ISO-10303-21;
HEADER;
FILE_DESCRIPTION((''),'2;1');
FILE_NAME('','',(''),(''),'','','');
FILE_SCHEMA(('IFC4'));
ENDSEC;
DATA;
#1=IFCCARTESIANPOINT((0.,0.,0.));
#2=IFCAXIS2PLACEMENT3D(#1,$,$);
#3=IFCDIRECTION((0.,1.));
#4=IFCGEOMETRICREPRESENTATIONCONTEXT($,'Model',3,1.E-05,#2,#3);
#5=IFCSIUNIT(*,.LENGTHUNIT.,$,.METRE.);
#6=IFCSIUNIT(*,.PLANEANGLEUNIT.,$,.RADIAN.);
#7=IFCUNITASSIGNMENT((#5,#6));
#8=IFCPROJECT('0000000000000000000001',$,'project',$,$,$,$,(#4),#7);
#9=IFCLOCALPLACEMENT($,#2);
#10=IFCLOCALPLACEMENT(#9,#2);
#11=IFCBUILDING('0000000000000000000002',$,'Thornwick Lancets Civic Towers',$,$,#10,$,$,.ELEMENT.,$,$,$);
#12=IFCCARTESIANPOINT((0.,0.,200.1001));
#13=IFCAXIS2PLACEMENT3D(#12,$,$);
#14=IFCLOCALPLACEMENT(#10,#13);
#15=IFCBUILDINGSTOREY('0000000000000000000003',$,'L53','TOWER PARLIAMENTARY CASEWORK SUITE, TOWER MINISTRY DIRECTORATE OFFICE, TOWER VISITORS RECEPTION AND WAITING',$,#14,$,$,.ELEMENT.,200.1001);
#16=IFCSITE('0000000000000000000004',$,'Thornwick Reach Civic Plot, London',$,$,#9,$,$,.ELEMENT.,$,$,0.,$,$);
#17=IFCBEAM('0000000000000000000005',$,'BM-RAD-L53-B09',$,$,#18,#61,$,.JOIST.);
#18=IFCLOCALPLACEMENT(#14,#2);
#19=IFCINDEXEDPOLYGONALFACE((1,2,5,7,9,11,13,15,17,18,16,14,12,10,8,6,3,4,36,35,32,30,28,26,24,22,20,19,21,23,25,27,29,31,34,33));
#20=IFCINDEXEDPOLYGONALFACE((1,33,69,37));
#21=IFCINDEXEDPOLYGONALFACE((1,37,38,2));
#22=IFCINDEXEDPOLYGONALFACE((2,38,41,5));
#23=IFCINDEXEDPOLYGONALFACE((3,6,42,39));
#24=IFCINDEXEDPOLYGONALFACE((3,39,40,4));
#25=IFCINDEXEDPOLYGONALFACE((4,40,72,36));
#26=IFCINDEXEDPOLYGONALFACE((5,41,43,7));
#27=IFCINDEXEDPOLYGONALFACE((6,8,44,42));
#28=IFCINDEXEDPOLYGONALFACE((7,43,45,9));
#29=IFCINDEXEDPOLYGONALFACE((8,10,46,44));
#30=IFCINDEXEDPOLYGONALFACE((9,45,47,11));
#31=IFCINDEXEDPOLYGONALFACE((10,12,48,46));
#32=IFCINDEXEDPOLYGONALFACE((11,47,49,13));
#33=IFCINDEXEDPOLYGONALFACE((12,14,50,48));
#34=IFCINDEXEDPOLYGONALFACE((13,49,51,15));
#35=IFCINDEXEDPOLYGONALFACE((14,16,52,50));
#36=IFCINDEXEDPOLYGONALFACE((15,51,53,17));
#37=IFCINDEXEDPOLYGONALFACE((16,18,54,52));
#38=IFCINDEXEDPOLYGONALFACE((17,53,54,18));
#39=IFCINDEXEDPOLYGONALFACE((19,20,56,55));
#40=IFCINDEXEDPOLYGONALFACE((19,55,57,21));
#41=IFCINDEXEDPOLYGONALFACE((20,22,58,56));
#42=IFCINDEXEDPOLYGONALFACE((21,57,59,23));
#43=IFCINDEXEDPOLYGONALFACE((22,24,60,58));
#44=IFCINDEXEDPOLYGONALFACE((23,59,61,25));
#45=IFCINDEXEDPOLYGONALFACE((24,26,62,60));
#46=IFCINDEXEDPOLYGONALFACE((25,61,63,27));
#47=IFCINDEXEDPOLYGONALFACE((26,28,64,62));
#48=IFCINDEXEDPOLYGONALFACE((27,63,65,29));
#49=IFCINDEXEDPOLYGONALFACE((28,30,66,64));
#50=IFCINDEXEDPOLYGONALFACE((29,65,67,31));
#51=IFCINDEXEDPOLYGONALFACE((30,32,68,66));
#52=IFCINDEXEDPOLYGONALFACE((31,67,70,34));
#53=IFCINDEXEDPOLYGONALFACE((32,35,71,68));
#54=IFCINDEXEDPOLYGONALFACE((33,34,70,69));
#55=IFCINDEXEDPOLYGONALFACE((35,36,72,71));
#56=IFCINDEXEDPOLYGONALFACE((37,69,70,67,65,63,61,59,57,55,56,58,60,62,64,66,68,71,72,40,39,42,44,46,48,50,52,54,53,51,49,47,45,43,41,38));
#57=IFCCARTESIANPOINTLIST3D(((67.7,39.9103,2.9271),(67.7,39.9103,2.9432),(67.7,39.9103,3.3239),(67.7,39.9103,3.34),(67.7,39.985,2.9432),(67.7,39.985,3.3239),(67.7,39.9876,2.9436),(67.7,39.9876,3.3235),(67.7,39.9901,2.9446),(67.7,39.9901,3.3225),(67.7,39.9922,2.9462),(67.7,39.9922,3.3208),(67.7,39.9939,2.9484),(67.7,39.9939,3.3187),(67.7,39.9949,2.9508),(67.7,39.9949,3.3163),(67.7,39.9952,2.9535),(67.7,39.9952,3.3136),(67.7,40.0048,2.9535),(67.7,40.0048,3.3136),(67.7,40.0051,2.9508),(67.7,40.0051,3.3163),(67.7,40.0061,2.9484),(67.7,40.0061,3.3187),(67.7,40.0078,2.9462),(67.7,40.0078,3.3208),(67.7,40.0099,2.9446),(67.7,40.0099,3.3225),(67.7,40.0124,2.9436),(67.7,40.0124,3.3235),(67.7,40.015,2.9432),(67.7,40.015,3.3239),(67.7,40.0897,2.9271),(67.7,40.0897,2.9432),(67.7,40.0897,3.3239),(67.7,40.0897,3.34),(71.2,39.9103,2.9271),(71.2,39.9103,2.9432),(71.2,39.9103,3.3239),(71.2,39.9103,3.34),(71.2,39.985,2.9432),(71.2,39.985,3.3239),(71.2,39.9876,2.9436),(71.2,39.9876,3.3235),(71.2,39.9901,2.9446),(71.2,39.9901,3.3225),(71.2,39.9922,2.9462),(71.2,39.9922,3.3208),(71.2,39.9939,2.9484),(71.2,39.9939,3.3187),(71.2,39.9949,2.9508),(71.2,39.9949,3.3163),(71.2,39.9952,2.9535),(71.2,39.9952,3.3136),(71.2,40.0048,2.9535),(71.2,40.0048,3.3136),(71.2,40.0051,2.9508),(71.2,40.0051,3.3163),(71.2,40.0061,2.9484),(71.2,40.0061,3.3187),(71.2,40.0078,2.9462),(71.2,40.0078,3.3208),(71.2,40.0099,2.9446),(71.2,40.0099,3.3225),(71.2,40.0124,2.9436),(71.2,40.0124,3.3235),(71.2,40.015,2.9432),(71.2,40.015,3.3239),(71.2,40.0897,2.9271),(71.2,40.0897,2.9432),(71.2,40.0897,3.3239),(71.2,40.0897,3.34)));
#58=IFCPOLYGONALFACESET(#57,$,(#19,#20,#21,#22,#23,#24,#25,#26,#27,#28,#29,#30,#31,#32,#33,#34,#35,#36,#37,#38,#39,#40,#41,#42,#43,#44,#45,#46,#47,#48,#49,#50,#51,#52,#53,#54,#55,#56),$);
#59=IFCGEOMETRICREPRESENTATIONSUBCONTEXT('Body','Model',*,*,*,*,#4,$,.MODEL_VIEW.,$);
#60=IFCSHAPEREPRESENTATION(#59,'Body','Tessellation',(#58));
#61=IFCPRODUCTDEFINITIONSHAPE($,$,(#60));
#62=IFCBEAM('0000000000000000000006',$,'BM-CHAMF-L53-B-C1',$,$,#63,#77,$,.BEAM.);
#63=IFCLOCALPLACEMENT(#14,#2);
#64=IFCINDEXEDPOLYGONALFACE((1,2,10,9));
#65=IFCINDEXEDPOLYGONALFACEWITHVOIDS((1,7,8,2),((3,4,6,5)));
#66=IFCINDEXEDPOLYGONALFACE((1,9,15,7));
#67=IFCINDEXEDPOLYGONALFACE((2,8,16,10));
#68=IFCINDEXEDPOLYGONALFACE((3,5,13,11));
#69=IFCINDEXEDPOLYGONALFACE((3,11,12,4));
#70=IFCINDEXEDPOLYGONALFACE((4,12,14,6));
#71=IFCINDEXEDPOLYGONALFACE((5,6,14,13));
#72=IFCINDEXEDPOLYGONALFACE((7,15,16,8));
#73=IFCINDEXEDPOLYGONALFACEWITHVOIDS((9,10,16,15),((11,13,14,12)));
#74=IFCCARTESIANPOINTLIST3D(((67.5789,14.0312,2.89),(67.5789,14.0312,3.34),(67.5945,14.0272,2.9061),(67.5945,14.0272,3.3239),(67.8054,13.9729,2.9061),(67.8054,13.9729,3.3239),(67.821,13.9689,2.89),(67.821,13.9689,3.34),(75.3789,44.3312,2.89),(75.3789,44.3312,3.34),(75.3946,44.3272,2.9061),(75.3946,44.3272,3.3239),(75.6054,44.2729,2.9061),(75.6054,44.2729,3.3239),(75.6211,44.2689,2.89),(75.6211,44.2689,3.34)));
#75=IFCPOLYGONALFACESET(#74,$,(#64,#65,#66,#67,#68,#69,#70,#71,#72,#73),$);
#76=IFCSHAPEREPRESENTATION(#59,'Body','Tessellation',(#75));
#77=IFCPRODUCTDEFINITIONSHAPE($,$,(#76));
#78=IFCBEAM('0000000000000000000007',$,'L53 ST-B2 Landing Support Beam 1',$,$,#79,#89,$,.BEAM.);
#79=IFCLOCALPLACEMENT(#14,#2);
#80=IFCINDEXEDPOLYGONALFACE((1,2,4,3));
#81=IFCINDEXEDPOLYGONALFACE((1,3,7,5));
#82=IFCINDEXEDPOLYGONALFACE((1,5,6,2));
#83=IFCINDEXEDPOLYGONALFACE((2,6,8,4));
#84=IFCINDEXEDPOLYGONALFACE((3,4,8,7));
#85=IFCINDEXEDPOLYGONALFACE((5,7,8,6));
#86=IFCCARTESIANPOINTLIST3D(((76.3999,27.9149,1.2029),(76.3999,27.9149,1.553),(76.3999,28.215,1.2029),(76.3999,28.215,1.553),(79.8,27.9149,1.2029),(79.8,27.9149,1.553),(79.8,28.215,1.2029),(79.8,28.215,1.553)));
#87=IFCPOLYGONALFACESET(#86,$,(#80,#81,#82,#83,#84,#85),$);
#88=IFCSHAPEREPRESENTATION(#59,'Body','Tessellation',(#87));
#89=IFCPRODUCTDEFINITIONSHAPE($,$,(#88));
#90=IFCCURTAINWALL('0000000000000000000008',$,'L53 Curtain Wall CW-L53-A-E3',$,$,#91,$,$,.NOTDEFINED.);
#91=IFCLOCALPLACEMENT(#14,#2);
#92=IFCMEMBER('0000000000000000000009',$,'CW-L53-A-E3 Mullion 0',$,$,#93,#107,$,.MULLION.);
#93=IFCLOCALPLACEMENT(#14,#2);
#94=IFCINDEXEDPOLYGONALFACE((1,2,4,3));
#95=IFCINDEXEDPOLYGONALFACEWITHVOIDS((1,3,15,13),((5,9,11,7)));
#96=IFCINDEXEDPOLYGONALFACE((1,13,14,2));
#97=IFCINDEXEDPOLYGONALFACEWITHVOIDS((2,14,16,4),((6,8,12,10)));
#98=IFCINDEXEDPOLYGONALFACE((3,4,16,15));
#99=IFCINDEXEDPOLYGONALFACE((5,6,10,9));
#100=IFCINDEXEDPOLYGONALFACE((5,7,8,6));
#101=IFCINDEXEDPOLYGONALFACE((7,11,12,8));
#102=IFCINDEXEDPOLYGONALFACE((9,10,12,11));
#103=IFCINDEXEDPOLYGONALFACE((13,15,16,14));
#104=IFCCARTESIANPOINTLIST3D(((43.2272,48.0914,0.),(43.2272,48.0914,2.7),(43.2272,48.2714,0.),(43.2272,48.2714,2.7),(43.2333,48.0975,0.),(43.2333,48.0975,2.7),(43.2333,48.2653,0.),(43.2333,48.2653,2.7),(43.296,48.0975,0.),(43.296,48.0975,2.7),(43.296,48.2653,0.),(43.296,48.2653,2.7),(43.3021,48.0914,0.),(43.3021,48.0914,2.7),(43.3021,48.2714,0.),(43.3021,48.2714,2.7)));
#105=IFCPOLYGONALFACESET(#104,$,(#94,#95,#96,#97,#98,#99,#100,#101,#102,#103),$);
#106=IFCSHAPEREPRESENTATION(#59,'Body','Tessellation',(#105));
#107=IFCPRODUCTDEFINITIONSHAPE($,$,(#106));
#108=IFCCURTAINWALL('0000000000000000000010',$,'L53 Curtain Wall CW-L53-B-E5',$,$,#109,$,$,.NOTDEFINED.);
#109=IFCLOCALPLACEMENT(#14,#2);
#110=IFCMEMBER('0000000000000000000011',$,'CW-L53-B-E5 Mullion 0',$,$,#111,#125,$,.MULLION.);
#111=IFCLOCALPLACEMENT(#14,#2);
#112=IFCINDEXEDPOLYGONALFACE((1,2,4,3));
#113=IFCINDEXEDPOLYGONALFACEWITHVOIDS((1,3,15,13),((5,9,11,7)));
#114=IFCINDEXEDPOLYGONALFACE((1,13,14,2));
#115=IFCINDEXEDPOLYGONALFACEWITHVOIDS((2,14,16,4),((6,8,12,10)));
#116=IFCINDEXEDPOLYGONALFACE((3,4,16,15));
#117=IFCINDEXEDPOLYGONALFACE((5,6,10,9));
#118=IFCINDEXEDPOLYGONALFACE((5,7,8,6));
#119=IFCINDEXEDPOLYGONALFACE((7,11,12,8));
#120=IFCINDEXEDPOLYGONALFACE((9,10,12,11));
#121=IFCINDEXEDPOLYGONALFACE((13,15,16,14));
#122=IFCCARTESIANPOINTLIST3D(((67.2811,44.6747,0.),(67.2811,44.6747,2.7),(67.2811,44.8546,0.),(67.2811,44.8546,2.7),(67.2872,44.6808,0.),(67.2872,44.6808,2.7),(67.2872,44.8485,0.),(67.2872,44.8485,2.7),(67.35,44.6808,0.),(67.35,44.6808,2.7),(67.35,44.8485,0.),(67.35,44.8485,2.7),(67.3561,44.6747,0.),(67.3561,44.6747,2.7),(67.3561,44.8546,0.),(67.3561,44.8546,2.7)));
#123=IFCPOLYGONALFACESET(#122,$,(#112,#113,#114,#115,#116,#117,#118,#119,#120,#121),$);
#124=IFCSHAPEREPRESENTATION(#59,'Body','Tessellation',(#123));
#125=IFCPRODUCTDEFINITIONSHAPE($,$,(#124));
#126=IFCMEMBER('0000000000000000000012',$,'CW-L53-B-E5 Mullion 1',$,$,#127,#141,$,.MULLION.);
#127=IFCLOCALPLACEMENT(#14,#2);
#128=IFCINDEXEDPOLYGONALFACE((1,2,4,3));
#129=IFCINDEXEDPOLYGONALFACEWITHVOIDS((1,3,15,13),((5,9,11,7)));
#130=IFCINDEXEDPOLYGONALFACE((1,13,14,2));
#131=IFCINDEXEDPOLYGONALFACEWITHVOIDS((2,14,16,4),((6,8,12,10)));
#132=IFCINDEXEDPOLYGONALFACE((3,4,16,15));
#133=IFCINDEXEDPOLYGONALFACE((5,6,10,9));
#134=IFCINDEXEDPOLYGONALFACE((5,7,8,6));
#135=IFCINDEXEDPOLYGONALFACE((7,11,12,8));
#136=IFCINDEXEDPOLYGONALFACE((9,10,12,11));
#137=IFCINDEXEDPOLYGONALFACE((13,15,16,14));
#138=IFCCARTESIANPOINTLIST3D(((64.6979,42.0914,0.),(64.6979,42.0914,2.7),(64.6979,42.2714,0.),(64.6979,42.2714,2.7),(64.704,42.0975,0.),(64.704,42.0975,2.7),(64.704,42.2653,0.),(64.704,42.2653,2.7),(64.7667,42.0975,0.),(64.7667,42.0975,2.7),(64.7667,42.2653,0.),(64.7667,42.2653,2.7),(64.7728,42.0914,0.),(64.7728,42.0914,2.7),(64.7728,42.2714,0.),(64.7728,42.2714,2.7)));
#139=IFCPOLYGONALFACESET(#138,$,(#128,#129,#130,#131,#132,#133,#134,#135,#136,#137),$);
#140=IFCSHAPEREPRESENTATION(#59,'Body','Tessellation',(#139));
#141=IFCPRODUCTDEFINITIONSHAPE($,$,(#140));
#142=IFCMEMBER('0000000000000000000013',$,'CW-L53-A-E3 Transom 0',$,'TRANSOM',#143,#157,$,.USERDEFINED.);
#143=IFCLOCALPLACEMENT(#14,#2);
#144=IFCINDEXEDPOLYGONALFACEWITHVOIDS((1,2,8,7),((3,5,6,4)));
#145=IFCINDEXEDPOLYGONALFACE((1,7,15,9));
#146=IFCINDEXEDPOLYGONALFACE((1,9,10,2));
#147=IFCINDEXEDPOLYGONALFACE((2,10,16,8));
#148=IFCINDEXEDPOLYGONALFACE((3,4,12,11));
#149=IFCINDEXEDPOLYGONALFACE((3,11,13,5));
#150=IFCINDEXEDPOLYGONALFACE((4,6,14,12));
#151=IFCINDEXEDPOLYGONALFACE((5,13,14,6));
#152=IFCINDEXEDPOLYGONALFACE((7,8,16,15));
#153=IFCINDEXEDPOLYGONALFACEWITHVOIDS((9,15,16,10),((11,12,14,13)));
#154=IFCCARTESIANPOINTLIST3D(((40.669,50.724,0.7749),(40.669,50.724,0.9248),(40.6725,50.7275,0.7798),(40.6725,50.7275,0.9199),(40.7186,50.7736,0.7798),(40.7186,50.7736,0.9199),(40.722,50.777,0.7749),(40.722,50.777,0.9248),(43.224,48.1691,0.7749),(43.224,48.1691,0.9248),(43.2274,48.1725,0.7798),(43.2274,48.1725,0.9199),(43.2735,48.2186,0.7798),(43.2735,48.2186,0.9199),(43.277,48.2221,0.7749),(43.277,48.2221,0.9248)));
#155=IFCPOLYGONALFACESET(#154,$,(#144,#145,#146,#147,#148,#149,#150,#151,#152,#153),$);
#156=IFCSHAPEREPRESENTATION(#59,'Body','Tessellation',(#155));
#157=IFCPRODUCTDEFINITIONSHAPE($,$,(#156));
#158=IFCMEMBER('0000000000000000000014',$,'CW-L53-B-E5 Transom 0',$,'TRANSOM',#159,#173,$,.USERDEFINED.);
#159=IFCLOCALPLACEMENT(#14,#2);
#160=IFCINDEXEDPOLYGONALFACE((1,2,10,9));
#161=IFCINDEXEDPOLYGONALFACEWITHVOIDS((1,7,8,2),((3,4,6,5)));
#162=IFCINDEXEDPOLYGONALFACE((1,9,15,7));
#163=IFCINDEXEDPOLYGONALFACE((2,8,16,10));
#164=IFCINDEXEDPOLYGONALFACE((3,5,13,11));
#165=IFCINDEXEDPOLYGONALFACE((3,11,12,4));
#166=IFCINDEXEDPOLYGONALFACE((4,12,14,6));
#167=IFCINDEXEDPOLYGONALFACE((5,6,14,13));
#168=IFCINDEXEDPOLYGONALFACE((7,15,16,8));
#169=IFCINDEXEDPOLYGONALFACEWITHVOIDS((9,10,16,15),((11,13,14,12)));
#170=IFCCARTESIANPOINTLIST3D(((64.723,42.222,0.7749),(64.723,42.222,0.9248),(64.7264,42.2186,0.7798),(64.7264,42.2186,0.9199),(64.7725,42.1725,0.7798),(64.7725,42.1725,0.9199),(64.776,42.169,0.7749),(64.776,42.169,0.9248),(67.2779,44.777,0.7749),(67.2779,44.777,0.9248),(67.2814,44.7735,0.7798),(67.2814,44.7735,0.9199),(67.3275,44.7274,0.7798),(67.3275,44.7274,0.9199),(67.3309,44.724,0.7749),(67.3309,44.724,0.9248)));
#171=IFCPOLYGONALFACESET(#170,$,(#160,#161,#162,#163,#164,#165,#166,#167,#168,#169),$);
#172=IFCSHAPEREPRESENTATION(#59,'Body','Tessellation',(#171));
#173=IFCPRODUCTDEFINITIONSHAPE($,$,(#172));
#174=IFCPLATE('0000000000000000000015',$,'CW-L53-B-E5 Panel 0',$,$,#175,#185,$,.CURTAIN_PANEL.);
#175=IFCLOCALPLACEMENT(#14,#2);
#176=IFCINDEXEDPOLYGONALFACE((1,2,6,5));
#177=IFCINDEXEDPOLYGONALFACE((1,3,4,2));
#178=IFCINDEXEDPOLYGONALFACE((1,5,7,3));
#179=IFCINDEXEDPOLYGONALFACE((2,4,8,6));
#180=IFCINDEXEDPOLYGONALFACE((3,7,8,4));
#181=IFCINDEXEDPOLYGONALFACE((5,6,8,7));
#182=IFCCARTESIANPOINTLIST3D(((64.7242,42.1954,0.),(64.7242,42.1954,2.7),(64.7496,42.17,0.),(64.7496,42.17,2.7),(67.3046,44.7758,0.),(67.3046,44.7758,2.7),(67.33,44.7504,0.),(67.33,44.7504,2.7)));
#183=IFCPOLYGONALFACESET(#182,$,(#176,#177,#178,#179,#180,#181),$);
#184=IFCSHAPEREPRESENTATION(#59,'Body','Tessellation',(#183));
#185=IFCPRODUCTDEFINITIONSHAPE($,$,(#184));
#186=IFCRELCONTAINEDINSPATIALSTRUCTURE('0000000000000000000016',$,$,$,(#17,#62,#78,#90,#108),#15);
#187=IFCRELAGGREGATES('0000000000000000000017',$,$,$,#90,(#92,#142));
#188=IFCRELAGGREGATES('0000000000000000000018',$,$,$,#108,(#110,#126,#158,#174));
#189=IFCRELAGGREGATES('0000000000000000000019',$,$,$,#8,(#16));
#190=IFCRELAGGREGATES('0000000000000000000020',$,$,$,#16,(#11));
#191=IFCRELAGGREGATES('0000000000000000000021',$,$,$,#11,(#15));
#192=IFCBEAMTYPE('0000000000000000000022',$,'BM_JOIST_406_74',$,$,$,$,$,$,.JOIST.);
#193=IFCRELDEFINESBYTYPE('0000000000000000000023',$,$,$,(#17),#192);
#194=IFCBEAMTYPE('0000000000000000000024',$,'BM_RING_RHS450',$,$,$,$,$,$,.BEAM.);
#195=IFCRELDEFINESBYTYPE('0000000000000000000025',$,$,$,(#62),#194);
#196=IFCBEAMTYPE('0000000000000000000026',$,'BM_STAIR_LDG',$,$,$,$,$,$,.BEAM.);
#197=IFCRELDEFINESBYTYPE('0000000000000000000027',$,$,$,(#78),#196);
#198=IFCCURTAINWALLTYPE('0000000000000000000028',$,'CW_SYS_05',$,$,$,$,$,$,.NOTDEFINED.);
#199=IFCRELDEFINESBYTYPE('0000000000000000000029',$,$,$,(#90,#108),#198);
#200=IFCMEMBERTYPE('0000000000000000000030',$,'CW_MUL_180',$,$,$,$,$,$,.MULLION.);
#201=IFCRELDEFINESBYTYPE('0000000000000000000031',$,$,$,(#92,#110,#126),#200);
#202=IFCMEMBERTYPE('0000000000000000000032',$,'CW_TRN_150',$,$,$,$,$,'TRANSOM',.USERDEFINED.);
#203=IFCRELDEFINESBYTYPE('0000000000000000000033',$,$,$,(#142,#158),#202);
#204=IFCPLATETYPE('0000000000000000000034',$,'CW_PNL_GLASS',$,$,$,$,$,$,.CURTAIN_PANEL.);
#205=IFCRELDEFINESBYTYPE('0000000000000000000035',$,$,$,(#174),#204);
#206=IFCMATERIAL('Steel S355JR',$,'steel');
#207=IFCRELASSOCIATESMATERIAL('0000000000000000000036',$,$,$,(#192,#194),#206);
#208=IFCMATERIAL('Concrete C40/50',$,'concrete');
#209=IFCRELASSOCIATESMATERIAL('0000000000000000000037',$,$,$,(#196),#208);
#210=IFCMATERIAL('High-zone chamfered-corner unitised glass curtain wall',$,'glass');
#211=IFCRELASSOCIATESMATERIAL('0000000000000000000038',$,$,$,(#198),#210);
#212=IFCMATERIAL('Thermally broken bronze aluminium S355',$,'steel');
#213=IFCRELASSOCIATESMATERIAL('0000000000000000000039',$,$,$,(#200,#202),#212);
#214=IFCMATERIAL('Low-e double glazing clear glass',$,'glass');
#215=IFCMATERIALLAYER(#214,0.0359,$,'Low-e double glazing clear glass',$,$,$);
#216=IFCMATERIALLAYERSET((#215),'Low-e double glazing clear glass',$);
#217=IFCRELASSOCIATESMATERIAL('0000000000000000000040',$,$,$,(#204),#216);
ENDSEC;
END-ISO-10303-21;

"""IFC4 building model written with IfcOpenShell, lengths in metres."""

from ifc_helpers import new_model, si_unit, direction, frame, origin, origin_2d, place, context, subcontext, project, spatial, rectangle, hollow_rectangle, i_section, extrude, material, layer, layer_set, material_profile, profile_set, type_object, element, aggregate, save


model = new_model("IFC4")

# Units and contexts
model_context = context("Model", 3, precision=1e-05, world=origin(), true_north=direction((0.0, 1.0)))
body_context = subcontext(model_context, "Body", "Model", "MODEL_VIEW")
ifc_project = project(units=[si_unit("LENGTHUNIT", "METRE"), si_unit("PLANEANGLEUNIT", "RADIAN")], contexts=[model_context])

# Site, building, storey
site_placement = place(None, origin())
site = spatial("IfcSite", under=ifc_project, at=site_placement, Name="Thornwick Reach Civic Plot, London", CompositionType="ELEMENT", RefElevation=0.0)
building_placement = place(site_placement, origin())
building = spatial("IfcBuilding", under=site, at=building_placement, Name="Thornwick Lancets Civic Towers", CompositionType="ELEMENT")
storey_placement = place(building_placement, frame((0.0, 0.0, 200.1001)))
storey = spatial("IfcBuildingStorey", under=building, at=storey_placement, Name="L53", Description="TOWER PARLIAMENTARY CASEWORK SUITE, TOWER MINISTRY DIRECTORATE OFFICE, TOWER VISITORS RECEPTION AND WAITING", CompositionType="ELEMENT", Elevation=200.1001)

# Shared definitions
ifc_material_1 = material(Name="Steel S355JR", Category="steel")

# Beams
ifc_material_profile_1 = material_profile(ifc_material_1, i_section(OverallWidth=0.1794, OverallDepth=0.4128, WebThickness=0.0095, FlangeThickness=0.0161, FilletRadius=0.0103, at=origin_2d()), Name="UKB 406x178x74")
ifc_profile_set_1 = profile_set([ifc_material_profile_1], Name="Steel S355JR")
beam_type_1 = type_object("IfcBeamType", Name="BM_JOIST_406_74", PredefinedType="JOIST", material=ifc_profile_set_1)
for number, where, z_axis, x_axis, name in (
    (1, (71.2, 40.0, 3.1335), (-1.0, 0.0, 0.0), (0.0, -1.0, 0.0), "BM-RAD-L53-B09"),
):
    element("IfcBeam", number, at=place(storey_placement, frame(where, z_axis=z_axis, x_axis=x_axis)), inside=storey, type_object=beam_type_1, Name=name, PredefinedType="JOIST", context=body_context, shape_type="SweptSolid", body=[
        extrude(i_section(OverallWidth=0.1794, OverallDepth=0.4128, WebThickness=0.0095, FlangeThickness=0.0161, FilletRadius=0.0103, at=origin_2d()), origin(), (0.0, 0.0, 1.0), 3.5),
    ])
ifc_material_profile_2 = material_profile(ifc_material_1, hollow_rectangle(XDim=0.25, YDim=0.45, WallThickness=0.0161, at=origin_2d()), Name="RHS 450x250x16")
ifc_profile_set_2 = profile_set([ifc_material_profile_2], Name="Steel S355JR")
beam_type_2 = type_object("IfcBeamType", Name="BM_RING_RHS450", PredefinedType="BEAM", material=ifc_profile_set_2)
beam_1_placement = place(storey_placement, frame((75.5, 44.3, 3.115), z_axis=(-0.249299, -0.968427, 0.0), x_axis=(0.968427, -0.249299, 0.0)))
element("IfcBeam", 2, at=beam_1_placement, inside=storey, type_object=beam_type_2, Name="BM-CHAMF-L53-B-C1", PredefinedType="BEAM", context=body_context, shape_type="SweptSolid", body=[
    extrude(hollow_rectangle(XDim=0.25, YDim=0.45, WallThickness=0.0161, at=origin_2d()), origin(), (0.0, 0.0, 1.0), 31.2878),
])
ifc_material_2 = material(Name="Concrete C40/50", Category="concrete")
ifc_material_profile_3 = material_profile(ifc_material_2, rectangle(XDim=0.3, YDim=0.3501, at=origin_2d()), Name="RC 300x350")
ifc_profile_set_3 = profile_set([ifc_material_profile_3], Name="Concrete C40/50")
beam_type_3 = type_object("IfcBeamType", Name="BM_STAIR_LDG", PredefinedType="BEAM", material=ifc_profile_set_3)
beam_2_placement = place(storey_placement, frame((76.3999, 28.0649, 1.3779), z_axis=(1.0, 0.0, 0.0), x_axis=(0.0, 1.0, 0.0)))
element("IfcBeam", 3, at=beam_2_placement, inside=storey, type_object=beam_type_3, Name="L53 ST-B2 Landing Support Beam 1", PredefinedType="BEAM", context=body_context, shape_type="SweptSolid", body=[
    extrude(rectangle(XDim=0.3, YDim=0.3501, at=origin_2d()), origin(), (0.0, 0.0, 1.0), 3.4001),
])

# Curtain wall, member
ifc_material_3 = material(Name="High-zone chamfered-corner unitised glass curtain wall", Category="glass")
curtain_wall_type = type_object("IfcCurtainWallType", Name="CW_SYS_05", PredefinedType="NOTDEFINED", material=ifc_material_3)
curtain_wall_1_placement = place(storey_placement, origin())
curtain_wall_1 = element("IfcCurtainWall", 4, at=curtain_wall_1_placement, inside=storey, type_object=curtain_wall_type, Name="L53 Curtain Wall CW-L53-A-E3", PredefinedType="NOTDEFINED")
ifc_material_4 = material(Name="Thermally broken bronze aluminium S355", Category="steel")
ifc_material_profile_4 = material_profile(ifc_material_4, hollow_rectangle(XDim=0.075, YDim=0.1799, WallThickness=0.0061, at=origin_2d()), Name="RHS 180x75x6")
ifc_profile_set_4 = profile_set([ifc_material_profile_4], Name="Thermally broken bronze aluminium S355")
member_type_1 = type_object("IfcMemberType", Name="CW_MUL_180", PredefinedType="MULLION", material=ifc_profile_set_4)
member_1_placement = place(storey_placement, frame((43.2646, 48.1814, 0.0), z_axis=(0.0, 0.0, 1.0), x_axis=(1.0, 0.0, 0.0)))
member_1 = element("IfcMember", 5, at=member_1_placement, type_object=member_type_1, Name="CW-L53-A-E3 Mullion 0", PredefinedType="MULLION", context=body_context, shape_type="SweptSolid", body=[
    extrude(hollow_rectangle(XDim=0.075, YDim=0.1799, WallThickness=0.0061, at=origin_2d()), origin(), (0.0, 0.0, 1.0), 2.7),
])

# Curtain wall, members
curtain_wall_2_placement = place(storey_placement, origin())
curtain_wall_2 = element("IfcCurtainWall", 6, at=curtain_wall_2_placement, inside=storey, type_object=curtain_wall_type, Name="L53 Curtain Wall CW-L53-B-E5", PredefinedType="NOTDEFINED")
member_2_placement = place(storey_placement, frame((67.3186, 44.7646, 0.0), z_axis=(0.0, 0.0, 1.0), x_axis=(1.0, 0.0, 0.0)))
member_2 = element("IfcMember", 7, at=member_2_placement, type_object=member_type_1, Name="CW-L53-B-E5 Mullion 0", PredefinedType="MULLION", context=body_context, shape_type="SweptSolid", body=[
    extrude(hollow_rectangle(XDim=0.075, YDim=0.1799, WallThickness=0.0061, at=origin_2d()), origin(), (0.0, 0.0, 1.0), 2.7),
])
member_3_placement = place(storey_placement, frame((64.7354, 42.1814, 0.0), z_axis=(0.0, 0.0, 1.0), x_axis=(1.0, 0.0, 0.0)))
member_3 = element("IfcMember", 8, at=member_3_placement, type_object=member_type_1, Name="CW-L53-B-E5 Mullion 1", PredefinedType="MULLION", context=body_context, shape_type="SweptSolid", body=[
    extrude(hollow_rectangle(XDim=0.075, YDim=0.1799, WallThickness=0.0061, at=origin_2d()), origin(), (0.0, 0.0, 1.0), 2.7),
])

# Members
ifc_material_profile_5 = material_profile(ifc_material_4, hollow_rectangle(XDim=0.075, YDim=0.1499, WallThickness=0.0049, at=origin_2d()), Name="RHS 150x75x5")
ifc_profile_set_5 = profile_set([ifc_material_profile_5], Name="Thermally broken bronze aluminium S355")
member_type_2 = type_object("IfcMemberType", Name="CW_TRN_150", ElementType="TRANSOM", PredefinedType="USERDEFINED", material=ifc_profile_set_5)
member_4_placement = place(storey_placement, frame((43.2505, 48.1956, 0.8499), z_axis=(-0.707107, 0.707107, 0.0), x_axis=(-0.707107, -0.707107, 0.0)))
member_4 = element("IfcMember", 9, at=member_4_placement, type_object=member_type_2, Name="CW-L53-A-E3 Transom 0", ObjectType="TRANSOM", PredefinedType="USERDEFINED", context=body_context, shape_type="SweptSolid", body=[
    extrude(hollow_rectangle(XDim=0.075, YDim=0.1499, WallThickness=0.0049, at=origin_2d()), origin(), (0.0, 0.0, 1.0), 3.6133),
])
aggregate(curtain_wall_1, [member_1, member_4])
member_5_placement = place(storey_placement, frame((67.3044, 44.7505, 0.8499), z_axis=(-0.707107, -0.707107, 0.0), x_axis=(0.707107, -0.707107, 0.0)))
member_5 = element("IfcMember", 10, at=member_5_placement, type_object=member_type_2, Name="CW-L53-B-E5 Transom 0", ObjectType="TRANSOM", PredefinedType="USERDEFINED", context=body_context, shape_type="SweptSolid", body=[
    extrude(hollow_rectangle(XDim=0.075, YDim=0.1499, WallThickness=0.0049, at=origin_2d()), origin(), (0.0, 0.0, 1.0), 3.6133),
])

# Plate
ifc_material_5 = material(Name="Low-e double glazing clear glass", Category="glass")
ifc_layer_1 = layer(ifc_material_5, 0.0359, Name="Low-e double glazing clear glass")
ifc_layer_set_1 = layer_set([ifc_layer_1], Name="Low-e double glazing clear glass")
plate_type = type_object("IfcPlateType", Name="CW_PNL_GLASS", PredefinedType="CURTAIN_PANEL", material=ifc_layer_set_1)
plate_placement = place(storey_placement, frame((66.0271, 43.4729, 0.0), z_axis=(0.0, 0.0, 1.0), x_axis=(-0.707107, -0.707107, 0.0)))
plate = element("IfcPlate", 11, at=plate_placement, type_object=plate_type, Name="CW-L53-B-E5 Panel 0", PredefinedType="CURTAIN_PANEL", context=body_context, shape_type="SweptSolid", body=[
    extrude(rectangle(XDim=3.6492, YDim=0.0359, at=origin_2d()), origin(), (0.0, 0.0, 1.0), 2.7),
])
aggregate(curtain_wall_2, [member_2, member_3, member_5, plate])

save(model, "model.ifc")
